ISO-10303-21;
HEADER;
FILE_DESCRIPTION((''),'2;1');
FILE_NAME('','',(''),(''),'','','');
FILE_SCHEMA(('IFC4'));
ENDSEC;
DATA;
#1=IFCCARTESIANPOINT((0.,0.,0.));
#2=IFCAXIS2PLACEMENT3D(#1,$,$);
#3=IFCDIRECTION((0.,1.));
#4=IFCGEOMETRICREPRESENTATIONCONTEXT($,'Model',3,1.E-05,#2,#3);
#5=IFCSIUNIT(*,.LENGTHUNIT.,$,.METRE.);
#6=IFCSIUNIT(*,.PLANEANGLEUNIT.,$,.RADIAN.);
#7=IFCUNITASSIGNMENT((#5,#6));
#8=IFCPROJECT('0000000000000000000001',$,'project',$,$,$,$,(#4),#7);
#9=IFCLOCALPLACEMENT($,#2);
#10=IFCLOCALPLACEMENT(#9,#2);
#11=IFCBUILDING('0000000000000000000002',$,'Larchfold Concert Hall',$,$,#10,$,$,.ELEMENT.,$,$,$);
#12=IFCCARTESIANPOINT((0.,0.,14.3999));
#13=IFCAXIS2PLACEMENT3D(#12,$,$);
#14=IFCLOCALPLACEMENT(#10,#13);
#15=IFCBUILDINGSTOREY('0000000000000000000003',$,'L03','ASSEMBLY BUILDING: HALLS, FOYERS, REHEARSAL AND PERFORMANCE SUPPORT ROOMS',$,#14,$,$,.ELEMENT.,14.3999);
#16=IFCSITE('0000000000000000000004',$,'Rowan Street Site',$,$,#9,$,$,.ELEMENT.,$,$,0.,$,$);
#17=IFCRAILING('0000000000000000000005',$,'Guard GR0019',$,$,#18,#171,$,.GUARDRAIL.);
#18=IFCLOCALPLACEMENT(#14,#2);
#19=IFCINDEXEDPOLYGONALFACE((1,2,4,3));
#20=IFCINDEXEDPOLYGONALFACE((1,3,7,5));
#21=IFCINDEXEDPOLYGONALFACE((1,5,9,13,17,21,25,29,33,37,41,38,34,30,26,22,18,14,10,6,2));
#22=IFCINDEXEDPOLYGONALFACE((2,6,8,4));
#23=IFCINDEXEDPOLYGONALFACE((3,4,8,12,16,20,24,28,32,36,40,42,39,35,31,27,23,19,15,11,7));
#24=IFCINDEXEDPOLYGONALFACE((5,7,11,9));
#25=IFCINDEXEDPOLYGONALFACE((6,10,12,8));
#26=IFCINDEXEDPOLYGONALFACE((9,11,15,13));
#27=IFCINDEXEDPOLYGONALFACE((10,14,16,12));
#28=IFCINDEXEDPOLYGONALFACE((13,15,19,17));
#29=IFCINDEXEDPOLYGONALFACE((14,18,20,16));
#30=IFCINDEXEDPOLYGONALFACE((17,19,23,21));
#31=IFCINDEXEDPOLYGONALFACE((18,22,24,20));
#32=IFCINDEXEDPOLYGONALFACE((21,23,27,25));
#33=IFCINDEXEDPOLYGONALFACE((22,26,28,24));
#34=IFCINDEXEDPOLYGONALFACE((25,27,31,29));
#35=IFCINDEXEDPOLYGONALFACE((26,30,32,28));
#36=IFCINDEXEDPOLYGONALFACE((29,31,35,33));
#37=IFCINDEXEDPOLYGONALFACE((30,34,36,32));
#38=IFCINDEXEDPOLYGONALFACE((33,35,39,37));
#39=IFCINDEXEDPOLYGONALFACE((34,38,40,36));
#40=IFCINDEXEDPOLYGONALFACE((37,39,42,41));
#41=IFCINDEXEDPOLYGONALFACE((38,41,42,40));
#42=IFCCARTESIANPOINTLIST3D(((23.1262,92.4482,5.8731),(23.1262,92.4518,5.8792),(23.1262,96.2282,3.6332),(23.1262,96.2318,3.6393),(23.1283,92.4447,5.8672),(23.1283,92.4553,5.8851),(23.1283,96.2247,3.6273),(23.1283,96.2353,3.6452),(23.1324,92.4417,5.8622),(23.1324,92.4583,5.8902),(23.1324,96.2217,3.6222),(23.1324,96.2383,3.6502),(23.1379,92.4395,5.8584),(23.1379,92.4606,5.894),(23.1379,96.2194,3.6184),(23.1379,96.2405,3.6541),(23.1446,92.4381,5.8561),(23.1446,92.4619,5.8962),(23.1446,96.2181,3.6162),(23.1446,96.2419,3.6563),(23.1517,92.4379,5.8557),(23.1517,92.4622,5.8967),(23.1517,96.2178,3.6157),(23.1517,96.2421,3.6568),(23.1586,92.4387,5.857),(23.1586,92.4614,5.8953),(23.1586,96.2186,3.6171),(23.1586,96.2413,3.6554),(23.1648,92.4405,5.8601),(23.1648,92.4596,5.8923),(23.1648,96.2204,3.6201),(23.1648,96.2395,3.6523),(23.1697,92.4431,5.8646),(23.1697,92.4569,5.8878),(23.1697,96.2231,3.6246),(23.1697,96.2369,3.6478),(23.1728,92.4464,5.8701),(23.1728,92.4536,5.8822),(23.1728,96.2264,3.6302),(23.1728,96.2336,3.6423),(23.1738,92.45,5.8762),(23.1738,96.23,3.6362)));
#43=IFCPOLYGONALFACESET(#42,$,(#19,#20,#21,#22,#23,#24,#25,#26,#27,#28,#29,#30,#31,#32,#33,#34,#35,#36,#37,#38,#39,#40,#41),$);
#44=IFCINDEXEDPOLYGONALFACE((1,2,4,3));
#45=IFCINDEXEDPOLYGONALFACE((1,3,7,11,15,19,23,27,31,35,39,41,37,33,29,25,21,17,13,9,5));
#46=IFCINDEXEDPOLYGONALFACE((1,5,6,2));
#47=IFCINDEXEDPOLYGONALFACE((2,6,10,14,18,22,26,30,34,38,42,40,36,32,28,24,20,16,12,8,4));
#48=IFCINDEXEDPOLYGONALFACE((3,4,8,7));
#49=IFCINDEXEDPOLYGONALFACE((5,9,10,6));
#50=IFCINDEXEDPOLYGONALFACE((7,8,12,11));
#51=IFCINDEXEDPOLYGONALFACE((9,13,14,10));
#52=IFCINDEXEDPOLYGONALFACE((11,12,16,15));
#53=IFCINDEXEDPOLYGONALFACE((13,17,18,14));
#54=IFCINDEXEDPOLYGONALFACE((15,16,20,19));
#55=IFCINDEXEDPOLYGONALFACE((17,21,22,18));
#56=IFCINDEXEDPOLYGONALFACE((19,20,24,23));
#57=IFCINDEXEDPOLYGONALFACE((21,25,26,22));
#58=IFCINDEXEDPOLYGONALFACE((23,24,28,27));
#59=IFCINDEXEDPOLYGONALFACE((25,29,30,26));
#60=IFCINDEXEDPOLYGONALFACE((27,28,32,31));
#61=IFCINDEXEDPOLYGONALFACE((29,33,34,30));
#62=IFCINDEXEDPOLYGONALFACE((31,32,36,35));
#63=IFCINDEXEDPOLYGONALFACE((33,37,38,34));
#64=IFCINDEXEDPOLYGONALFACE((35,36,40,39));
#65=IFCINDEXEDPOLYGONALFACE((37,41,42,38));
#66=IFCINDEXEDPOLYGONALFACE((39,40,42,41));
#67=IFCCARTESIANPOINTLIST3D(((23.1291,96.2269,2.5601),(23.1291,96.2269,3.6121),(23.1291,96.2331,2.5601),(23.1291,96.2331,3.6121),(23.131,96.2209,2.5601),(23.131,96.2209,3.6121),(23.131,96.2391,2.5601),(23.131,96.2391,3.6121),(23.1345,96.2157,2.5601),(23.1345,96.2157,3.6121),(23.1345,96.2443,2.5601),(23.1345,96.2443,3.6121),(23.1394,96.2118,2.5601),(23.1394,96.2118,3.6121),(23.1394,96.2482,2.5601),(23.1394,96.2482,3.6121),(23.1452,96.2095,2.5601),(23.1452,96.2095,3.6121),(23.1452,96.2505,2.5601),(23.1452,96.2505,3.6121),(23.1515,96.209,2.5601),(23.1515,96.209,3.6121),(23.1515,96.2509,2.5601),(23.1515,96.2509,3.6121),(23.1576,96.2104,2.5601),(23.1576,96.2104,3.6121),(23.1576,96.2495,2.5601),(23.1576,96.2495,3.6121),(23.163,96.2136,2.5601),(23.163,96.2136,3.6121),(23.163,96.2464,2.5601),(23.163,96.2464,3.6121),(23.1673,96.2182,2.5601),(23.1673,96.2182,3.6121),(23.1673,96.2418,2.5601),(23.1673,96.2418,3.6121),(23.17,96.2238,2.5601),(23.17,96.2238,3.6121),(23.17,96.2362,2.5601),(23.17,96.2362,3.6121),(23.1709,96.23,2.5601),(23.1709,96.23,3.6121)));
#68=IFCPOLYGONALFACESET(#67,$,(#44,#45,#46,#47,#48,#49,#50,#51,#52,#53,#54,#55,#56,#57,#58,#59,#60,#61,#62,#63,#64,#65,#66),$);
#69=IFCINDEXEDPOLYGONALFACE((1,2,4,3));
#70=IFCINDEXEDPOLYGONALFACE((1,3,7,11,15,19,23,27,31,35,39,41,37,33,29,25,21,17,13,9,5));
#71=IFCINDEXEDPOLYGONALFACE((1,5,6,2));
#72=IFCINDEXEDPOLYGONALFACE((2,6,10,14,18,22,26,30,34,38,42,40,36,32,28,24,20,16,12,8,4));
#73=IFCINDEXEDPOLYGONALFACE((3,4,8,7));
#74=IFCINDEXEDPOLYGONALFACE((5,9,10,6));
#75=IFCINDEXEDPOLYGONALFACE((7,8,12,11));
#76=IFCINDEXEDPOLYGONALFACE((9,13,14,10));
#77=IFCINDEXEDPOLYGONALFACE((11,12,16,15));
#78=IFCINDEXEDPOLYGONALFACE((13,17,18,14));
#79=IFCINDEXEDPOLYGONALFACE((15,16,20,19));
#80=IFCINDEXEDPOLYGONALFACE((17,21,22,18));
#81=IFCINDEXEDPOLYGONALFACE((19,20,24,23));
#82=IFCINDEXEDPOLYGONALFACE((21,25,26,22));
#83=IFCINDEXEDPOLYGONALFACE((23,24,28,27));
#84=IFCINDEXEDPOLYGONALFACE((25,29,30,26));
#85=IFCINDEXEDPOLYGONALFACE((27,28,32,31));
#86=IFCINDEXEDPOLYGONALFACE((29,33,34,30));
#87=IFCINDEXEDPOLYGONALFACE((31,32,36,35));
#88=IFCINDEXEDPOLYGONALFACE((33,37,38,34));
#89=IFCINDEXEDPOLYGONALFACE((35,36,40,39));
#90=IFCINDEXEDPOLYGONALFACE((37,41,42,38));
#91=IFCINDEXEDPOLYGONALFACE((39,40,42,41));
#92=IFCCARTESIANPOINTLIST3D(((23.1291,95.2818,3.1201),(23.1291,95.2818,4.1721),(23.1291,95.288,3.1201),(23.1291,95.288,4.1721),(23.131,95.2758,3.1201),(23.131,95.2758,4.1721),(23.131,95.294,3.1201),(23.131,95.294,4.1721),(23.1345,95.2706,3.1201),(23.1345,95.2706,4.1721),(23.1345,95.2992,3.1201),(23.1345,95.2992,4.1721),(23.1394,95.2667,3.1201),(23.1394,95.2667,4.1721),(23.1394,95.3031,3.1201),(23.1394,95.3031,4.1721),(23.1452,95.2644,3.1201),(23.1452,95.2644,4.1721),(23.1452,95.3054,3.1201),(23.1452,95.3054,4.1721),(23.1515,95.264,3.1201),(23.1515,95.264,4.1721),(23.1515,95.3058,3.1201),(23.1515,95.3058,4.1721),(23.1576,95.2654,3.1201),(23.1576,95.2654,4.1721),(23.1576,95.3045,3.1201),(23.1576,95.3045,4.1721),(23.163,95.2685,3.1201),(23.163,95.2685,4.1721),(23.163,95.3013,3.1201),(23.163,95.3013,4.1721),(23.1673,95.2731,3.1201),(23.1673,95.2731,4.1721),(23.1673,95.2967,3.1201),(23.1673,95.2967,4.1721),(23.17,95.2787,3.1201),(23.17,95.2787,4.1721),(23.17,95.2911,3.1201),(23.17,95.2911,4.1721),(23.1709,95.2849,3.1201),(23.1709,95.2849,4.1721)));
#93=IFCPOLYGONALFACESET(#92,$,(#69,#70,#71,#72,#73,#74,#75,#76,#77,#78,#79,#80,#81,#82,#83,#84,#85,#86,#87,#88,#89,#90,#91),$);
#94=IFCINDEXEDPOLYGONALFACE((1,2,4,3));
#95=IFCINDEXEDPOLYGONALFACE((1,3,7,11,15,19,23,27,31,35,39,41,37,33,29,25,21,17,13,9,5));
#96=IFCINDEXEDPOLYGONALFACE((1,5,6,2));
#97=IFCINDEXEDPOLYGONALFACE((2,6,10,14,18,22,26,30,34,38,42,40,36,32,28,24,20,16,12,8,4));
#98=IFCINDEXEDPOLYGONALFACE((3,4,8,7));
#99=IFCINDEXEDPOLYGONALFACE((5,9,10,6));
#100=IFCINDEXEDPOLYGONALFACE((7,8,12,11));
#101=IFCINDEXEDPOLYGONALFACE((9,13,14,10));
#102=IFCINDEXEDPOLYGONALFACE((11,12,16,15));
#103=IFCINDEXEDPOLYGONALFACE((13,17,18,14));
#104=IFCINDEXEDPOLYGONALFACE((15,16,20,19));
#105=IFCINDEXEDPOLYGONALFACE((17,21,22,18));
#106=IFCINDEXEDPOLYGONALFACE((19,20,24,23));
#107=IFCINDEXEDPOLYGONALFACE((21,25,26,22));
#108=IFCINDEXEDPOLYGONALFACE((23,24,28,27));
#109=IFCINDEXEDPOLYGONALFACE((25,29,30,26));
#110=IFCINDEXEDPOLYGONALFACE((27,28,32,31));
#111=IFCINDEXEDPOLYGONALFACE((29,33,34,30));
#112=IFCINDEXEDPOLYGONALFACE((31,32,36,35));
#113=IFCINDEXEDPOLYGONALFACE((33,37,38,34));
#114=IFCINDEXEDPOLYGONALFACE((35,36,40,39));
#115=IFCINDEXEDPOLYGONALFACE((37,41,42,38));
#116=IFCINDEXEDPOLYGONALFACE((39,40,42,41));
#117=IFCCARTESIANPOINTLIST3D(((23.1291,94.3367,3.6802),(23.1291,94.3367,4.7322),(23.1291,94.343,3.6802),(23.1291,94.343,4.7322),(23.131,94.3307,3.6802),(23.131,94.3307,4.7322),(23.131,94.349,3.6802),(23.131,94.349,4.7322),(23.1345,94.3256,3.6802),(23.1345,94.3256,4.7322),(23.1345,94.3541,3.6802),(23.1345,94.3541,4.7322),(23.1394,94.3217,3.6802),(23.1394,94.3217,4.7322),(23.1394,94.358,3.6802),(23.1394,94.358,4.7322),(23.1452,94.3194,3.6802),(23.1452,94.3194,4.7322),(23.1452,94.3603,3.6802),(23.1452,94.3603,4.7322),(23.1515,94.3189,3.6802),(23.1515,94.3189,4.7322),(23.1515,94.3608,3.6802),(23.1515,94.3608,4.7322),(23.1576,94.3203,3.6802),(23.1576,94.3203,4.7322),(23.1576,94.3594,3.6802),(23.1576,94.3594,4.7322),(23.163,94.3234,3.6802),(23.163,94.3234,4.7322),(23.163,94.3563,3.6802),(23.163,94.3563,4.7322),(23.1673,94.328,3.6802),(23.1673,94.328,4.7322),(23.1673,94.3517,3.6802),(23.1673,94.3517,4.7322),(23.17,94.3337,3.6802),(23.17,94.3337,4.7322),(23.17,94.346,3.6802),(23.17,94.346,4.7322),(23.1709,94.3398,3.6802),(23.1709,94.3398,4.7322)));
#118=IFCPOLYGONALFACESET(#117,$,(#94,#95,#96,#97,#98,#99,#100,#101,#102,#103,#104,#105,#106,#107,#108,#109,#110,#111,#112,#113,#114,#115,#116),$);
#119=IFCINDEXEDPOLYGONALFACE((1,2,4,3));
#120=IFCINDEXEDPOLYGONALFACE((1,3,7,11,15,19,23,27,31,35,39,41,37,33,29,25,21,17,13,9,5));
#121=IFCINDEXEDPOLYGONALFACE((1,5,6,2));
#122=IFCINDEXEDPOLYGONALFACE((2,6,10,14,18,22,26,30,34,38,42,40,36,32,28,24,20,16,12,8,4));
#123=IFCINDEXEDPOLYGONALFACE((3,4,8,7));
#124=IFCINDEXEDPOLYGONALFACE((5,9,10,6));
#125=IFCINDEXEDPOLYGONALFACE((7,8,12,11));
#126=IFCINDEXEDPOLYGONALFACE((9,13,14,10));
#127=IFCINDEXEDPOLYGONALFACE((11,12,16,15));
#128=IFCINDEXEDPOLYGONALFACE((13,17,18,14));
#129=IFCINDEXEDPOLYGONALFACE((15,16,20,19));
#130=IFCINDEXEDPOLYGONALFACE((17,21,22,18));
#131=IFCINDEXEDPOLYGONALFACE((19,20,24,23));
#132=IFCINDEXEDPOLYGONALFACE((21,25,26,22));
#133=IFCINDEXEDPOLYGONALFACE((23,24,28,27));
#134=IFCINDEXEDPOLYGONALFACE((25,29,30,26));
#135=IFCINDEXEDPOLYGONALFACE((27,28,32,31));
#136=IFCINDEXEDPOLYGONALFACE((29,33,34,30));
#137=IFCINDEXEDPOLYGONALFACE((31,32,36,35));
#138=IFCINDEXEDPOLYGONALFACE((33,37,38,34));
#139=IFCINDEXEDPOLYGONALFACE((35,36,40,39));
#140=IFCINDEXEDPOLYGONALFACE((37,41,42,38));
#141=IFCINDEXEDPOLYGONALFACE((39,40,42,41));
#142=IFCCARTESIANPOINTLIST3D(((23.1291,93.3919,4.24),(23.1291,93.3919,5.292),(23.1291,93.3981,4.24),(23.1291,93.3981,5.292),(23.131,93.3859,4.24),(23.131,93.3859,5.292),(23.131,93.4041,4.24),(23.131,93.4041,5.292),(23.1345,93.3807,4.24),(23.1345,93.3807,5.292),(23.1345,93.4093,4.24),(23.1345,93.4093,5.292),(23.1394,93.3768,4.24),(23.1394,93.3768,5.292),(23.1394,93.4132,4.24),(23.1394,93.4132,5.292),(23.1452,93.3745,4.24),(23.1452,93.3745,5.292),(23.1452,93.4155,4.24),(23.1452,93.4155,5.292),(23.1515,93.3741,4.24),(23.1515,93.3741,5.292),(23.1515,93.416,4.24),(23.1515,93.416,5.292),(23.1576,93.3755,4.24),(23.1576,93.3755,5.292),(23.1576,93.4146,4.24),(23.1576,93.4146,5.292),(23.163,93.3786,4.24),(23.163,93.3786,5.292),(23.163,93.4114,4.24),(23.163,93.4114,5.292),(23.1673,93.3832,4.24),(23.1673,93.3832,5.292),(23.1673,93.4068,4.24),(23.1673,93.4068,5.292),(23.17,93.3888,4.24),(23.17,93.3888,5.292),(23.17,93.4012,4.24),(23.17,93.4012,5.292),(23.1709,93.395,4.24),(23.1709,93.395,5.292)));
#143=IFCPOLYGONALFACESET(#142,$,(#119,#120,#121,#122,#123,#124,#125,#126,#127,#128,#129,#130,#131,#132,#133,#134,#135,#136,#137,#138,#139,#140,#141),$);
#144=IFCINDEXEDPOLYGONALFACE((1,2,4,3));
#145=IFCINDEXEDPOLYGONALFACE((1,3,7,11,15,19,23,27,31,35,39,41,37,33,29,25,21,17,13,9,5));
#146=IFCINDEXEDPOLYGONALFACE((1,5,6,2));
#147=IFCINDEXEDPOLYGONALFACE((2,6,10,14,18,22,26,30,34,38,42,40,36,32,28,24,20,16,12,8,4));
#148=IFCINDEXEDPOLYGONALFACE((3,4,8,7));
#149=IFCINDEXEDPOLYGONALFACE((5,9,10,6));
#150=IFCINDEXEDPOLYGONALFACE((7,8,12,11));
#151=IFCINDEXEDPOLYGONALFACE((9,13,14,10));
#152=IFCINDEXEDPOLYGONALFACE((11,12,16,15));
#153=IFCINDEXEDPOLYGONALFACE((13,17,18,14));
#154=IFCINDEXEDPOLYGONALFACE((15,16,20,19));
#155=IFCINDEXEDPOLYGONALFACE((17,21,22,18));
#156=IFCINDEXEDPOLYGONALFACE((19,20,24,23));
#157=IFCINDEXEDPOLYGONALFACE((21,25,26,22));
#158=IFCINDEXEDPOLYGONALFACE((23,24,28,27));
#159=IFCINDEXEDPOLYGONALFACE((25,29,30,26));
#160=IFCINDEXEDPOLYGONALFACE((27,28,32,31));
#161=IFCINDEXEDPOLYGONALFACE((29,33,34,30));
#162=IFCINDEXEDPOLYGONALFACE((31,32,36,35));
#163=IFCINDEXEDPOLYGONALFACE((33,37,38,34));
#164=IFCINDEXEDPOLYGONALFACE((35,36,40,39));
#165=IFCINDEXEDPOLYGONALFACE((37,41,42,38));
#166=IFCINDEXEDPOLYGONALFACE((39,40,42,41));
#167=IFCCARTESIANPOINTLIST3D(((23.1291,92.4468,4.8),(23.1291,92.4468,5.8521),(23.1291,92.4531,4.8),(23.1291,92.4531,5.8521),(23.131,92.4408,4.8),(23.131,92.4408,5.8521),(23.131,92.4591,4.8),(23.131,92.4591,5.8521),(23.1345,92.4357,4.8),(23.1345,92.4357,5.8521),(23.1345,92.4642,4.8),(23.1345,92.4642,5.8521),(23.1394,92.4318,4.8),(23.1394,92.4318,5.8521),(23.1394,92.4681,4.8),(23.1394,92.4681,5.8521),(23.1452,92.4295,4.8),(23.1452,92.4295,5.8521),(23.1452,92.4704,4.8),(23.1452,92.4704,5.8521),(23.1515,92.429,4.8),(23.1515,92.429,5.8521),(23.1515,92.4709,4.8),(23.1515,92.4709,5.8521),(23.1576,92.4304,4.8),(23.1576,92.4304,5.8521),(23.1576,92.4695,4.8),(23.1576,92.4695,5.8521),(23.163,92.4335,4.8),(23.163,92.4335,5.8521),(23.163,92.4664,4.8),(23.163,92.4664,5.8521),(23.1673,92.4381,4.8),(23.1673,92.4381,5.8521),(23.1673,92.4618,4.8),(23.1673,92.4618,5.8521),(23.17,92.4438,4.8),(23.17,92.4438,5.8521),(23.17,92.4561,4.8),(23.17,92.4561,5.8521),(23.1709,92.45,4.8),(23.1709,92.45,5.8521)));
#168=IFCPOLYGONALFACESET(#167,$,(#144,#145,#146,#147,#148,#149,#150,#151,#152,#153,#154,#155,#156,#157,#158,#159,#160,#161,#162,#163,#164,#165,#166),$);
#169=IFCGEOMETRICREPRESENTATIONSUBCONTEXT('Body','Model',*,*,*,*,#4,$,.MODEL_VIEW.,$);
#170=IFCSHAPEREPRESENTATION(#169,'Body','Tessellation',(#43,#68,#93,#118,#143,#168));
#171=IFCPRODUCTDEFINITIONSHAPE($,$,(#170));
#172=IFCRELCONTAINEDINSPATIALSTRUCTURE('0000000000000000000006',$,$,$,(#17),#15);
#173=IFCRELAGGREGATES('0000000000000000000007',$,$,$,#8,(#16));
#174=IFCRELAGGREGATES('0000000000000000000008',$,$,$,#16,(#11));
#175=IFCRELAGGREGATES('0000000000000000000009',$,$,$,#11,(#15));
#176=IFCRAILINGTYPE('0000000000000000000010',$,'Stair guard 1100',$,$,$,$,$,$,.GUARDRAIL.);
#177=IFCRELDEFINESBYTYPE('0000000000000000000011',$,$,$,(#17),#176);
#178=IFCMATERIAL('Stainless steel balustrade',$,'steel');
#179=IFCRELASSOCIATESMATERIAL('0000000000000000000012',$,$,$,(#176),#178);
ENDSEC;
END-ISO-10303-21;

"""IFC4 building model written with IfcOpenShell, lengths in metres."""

from ifc_helpers import new_model, si_unit, direction, frame, origin, origin_2d, place, context, subcontext, project, spatial, circle, extrude, material, type_object, element, save


model = new_model("IFC4")

# Units and contexts
model_context = context("Model", 3, precision=1e-05, world=origin(), true_north=direction((0.0, 1.0)))
body_context = subcontext(model_context, "Body", "Model", "MODEL_VIEW")
ifc_project = project(units=[si_unit("LENGTHUNIT", "METRE"), si_unit("PLANEANGLEUNIT", "RADIAN")], contexts=[model_context])

# Site, building, storey
site_placement = place(None, origin())
site = spatial("IfcSite", under=ifc_project, at=site_placement, Name="Rowan Street Site", CompositionType="ELEMENT", RefElevation=0.0)
building_placement = place(site_placement, origin())
building = spatial("IfcBuilding", under=site, at=building_placement, Name="Larchfold Concert Hall", CompositionType="ELEMENT")
storey_placement = place(building_placement, frame((0.0, 0.0, 14.3999)))
storey = spatial("IfcBuildingStorey", under=building, at=storey_placement, Name="L03", Description="ASSEMBLY BUILDING: HALLS, FOYERS, REHEARSAL AND PERFORMANCE SUPPORT ROOMS", CompositionType="ELEMENT", Elevation=14.3999)

# Railing
ifc_material_1 = material(Name="Stainless steel balustrade", Category="steel")
railing_type_1 = type_object("IfcRailingType", Name="Stair guard 1100", PredefinedType="GUARDRAIL", material=ifc_material_1)
railing_1_placement = place(storey_placement, frame((23.1499, 96.23, 2.5601)))
element("IfcRailing", 1, at=railing_1_placement, inside=storey, type_object=railing_type_1, Name="Guard GR0019", PredefinedType="GUARDRAIL", context=body_context, shape_type="SweptSolid", body=[
    extrude(circle(Radius=0.0239, at=origin_2d()), frame((0.0, 0.0, 1.0762), z_axis=(0.0, -0.860294, 0.509798), x_axis=(1.0, 0.0, 0.0)), (0.0, 0.0, 1.0), 4.3938),
    extrude(circle(Radius=0.021, at=origin_2d()), origin(), (0.0, 0.0, 1.0), 1.052),
    extrude(circle(Radius=0.021, at=origin_2d()), frame((0.0, -0.9451, 0.5601)), (0.0, 0.0, 1.0), 1.052),
    extrude(circle(Radius=0.021, at=origin_2d()), frame((0.0, -1.8901, 1.1201)), (0.0, 0.0, 1.0), 1.052),
    extrude(circle(Radius=0.021, at=origin_2d()), frame((0.0, -2.835, 1.6799)), (0.0, 0.0, 1.0), 1.052),
    extrude(circle(Radius=0.021, at=origin_2d()), frame((0.0, -3.78, 2.24)), (0.0, 0.0, 1.0), 1.052),
])

save(model, "model.ifc")
